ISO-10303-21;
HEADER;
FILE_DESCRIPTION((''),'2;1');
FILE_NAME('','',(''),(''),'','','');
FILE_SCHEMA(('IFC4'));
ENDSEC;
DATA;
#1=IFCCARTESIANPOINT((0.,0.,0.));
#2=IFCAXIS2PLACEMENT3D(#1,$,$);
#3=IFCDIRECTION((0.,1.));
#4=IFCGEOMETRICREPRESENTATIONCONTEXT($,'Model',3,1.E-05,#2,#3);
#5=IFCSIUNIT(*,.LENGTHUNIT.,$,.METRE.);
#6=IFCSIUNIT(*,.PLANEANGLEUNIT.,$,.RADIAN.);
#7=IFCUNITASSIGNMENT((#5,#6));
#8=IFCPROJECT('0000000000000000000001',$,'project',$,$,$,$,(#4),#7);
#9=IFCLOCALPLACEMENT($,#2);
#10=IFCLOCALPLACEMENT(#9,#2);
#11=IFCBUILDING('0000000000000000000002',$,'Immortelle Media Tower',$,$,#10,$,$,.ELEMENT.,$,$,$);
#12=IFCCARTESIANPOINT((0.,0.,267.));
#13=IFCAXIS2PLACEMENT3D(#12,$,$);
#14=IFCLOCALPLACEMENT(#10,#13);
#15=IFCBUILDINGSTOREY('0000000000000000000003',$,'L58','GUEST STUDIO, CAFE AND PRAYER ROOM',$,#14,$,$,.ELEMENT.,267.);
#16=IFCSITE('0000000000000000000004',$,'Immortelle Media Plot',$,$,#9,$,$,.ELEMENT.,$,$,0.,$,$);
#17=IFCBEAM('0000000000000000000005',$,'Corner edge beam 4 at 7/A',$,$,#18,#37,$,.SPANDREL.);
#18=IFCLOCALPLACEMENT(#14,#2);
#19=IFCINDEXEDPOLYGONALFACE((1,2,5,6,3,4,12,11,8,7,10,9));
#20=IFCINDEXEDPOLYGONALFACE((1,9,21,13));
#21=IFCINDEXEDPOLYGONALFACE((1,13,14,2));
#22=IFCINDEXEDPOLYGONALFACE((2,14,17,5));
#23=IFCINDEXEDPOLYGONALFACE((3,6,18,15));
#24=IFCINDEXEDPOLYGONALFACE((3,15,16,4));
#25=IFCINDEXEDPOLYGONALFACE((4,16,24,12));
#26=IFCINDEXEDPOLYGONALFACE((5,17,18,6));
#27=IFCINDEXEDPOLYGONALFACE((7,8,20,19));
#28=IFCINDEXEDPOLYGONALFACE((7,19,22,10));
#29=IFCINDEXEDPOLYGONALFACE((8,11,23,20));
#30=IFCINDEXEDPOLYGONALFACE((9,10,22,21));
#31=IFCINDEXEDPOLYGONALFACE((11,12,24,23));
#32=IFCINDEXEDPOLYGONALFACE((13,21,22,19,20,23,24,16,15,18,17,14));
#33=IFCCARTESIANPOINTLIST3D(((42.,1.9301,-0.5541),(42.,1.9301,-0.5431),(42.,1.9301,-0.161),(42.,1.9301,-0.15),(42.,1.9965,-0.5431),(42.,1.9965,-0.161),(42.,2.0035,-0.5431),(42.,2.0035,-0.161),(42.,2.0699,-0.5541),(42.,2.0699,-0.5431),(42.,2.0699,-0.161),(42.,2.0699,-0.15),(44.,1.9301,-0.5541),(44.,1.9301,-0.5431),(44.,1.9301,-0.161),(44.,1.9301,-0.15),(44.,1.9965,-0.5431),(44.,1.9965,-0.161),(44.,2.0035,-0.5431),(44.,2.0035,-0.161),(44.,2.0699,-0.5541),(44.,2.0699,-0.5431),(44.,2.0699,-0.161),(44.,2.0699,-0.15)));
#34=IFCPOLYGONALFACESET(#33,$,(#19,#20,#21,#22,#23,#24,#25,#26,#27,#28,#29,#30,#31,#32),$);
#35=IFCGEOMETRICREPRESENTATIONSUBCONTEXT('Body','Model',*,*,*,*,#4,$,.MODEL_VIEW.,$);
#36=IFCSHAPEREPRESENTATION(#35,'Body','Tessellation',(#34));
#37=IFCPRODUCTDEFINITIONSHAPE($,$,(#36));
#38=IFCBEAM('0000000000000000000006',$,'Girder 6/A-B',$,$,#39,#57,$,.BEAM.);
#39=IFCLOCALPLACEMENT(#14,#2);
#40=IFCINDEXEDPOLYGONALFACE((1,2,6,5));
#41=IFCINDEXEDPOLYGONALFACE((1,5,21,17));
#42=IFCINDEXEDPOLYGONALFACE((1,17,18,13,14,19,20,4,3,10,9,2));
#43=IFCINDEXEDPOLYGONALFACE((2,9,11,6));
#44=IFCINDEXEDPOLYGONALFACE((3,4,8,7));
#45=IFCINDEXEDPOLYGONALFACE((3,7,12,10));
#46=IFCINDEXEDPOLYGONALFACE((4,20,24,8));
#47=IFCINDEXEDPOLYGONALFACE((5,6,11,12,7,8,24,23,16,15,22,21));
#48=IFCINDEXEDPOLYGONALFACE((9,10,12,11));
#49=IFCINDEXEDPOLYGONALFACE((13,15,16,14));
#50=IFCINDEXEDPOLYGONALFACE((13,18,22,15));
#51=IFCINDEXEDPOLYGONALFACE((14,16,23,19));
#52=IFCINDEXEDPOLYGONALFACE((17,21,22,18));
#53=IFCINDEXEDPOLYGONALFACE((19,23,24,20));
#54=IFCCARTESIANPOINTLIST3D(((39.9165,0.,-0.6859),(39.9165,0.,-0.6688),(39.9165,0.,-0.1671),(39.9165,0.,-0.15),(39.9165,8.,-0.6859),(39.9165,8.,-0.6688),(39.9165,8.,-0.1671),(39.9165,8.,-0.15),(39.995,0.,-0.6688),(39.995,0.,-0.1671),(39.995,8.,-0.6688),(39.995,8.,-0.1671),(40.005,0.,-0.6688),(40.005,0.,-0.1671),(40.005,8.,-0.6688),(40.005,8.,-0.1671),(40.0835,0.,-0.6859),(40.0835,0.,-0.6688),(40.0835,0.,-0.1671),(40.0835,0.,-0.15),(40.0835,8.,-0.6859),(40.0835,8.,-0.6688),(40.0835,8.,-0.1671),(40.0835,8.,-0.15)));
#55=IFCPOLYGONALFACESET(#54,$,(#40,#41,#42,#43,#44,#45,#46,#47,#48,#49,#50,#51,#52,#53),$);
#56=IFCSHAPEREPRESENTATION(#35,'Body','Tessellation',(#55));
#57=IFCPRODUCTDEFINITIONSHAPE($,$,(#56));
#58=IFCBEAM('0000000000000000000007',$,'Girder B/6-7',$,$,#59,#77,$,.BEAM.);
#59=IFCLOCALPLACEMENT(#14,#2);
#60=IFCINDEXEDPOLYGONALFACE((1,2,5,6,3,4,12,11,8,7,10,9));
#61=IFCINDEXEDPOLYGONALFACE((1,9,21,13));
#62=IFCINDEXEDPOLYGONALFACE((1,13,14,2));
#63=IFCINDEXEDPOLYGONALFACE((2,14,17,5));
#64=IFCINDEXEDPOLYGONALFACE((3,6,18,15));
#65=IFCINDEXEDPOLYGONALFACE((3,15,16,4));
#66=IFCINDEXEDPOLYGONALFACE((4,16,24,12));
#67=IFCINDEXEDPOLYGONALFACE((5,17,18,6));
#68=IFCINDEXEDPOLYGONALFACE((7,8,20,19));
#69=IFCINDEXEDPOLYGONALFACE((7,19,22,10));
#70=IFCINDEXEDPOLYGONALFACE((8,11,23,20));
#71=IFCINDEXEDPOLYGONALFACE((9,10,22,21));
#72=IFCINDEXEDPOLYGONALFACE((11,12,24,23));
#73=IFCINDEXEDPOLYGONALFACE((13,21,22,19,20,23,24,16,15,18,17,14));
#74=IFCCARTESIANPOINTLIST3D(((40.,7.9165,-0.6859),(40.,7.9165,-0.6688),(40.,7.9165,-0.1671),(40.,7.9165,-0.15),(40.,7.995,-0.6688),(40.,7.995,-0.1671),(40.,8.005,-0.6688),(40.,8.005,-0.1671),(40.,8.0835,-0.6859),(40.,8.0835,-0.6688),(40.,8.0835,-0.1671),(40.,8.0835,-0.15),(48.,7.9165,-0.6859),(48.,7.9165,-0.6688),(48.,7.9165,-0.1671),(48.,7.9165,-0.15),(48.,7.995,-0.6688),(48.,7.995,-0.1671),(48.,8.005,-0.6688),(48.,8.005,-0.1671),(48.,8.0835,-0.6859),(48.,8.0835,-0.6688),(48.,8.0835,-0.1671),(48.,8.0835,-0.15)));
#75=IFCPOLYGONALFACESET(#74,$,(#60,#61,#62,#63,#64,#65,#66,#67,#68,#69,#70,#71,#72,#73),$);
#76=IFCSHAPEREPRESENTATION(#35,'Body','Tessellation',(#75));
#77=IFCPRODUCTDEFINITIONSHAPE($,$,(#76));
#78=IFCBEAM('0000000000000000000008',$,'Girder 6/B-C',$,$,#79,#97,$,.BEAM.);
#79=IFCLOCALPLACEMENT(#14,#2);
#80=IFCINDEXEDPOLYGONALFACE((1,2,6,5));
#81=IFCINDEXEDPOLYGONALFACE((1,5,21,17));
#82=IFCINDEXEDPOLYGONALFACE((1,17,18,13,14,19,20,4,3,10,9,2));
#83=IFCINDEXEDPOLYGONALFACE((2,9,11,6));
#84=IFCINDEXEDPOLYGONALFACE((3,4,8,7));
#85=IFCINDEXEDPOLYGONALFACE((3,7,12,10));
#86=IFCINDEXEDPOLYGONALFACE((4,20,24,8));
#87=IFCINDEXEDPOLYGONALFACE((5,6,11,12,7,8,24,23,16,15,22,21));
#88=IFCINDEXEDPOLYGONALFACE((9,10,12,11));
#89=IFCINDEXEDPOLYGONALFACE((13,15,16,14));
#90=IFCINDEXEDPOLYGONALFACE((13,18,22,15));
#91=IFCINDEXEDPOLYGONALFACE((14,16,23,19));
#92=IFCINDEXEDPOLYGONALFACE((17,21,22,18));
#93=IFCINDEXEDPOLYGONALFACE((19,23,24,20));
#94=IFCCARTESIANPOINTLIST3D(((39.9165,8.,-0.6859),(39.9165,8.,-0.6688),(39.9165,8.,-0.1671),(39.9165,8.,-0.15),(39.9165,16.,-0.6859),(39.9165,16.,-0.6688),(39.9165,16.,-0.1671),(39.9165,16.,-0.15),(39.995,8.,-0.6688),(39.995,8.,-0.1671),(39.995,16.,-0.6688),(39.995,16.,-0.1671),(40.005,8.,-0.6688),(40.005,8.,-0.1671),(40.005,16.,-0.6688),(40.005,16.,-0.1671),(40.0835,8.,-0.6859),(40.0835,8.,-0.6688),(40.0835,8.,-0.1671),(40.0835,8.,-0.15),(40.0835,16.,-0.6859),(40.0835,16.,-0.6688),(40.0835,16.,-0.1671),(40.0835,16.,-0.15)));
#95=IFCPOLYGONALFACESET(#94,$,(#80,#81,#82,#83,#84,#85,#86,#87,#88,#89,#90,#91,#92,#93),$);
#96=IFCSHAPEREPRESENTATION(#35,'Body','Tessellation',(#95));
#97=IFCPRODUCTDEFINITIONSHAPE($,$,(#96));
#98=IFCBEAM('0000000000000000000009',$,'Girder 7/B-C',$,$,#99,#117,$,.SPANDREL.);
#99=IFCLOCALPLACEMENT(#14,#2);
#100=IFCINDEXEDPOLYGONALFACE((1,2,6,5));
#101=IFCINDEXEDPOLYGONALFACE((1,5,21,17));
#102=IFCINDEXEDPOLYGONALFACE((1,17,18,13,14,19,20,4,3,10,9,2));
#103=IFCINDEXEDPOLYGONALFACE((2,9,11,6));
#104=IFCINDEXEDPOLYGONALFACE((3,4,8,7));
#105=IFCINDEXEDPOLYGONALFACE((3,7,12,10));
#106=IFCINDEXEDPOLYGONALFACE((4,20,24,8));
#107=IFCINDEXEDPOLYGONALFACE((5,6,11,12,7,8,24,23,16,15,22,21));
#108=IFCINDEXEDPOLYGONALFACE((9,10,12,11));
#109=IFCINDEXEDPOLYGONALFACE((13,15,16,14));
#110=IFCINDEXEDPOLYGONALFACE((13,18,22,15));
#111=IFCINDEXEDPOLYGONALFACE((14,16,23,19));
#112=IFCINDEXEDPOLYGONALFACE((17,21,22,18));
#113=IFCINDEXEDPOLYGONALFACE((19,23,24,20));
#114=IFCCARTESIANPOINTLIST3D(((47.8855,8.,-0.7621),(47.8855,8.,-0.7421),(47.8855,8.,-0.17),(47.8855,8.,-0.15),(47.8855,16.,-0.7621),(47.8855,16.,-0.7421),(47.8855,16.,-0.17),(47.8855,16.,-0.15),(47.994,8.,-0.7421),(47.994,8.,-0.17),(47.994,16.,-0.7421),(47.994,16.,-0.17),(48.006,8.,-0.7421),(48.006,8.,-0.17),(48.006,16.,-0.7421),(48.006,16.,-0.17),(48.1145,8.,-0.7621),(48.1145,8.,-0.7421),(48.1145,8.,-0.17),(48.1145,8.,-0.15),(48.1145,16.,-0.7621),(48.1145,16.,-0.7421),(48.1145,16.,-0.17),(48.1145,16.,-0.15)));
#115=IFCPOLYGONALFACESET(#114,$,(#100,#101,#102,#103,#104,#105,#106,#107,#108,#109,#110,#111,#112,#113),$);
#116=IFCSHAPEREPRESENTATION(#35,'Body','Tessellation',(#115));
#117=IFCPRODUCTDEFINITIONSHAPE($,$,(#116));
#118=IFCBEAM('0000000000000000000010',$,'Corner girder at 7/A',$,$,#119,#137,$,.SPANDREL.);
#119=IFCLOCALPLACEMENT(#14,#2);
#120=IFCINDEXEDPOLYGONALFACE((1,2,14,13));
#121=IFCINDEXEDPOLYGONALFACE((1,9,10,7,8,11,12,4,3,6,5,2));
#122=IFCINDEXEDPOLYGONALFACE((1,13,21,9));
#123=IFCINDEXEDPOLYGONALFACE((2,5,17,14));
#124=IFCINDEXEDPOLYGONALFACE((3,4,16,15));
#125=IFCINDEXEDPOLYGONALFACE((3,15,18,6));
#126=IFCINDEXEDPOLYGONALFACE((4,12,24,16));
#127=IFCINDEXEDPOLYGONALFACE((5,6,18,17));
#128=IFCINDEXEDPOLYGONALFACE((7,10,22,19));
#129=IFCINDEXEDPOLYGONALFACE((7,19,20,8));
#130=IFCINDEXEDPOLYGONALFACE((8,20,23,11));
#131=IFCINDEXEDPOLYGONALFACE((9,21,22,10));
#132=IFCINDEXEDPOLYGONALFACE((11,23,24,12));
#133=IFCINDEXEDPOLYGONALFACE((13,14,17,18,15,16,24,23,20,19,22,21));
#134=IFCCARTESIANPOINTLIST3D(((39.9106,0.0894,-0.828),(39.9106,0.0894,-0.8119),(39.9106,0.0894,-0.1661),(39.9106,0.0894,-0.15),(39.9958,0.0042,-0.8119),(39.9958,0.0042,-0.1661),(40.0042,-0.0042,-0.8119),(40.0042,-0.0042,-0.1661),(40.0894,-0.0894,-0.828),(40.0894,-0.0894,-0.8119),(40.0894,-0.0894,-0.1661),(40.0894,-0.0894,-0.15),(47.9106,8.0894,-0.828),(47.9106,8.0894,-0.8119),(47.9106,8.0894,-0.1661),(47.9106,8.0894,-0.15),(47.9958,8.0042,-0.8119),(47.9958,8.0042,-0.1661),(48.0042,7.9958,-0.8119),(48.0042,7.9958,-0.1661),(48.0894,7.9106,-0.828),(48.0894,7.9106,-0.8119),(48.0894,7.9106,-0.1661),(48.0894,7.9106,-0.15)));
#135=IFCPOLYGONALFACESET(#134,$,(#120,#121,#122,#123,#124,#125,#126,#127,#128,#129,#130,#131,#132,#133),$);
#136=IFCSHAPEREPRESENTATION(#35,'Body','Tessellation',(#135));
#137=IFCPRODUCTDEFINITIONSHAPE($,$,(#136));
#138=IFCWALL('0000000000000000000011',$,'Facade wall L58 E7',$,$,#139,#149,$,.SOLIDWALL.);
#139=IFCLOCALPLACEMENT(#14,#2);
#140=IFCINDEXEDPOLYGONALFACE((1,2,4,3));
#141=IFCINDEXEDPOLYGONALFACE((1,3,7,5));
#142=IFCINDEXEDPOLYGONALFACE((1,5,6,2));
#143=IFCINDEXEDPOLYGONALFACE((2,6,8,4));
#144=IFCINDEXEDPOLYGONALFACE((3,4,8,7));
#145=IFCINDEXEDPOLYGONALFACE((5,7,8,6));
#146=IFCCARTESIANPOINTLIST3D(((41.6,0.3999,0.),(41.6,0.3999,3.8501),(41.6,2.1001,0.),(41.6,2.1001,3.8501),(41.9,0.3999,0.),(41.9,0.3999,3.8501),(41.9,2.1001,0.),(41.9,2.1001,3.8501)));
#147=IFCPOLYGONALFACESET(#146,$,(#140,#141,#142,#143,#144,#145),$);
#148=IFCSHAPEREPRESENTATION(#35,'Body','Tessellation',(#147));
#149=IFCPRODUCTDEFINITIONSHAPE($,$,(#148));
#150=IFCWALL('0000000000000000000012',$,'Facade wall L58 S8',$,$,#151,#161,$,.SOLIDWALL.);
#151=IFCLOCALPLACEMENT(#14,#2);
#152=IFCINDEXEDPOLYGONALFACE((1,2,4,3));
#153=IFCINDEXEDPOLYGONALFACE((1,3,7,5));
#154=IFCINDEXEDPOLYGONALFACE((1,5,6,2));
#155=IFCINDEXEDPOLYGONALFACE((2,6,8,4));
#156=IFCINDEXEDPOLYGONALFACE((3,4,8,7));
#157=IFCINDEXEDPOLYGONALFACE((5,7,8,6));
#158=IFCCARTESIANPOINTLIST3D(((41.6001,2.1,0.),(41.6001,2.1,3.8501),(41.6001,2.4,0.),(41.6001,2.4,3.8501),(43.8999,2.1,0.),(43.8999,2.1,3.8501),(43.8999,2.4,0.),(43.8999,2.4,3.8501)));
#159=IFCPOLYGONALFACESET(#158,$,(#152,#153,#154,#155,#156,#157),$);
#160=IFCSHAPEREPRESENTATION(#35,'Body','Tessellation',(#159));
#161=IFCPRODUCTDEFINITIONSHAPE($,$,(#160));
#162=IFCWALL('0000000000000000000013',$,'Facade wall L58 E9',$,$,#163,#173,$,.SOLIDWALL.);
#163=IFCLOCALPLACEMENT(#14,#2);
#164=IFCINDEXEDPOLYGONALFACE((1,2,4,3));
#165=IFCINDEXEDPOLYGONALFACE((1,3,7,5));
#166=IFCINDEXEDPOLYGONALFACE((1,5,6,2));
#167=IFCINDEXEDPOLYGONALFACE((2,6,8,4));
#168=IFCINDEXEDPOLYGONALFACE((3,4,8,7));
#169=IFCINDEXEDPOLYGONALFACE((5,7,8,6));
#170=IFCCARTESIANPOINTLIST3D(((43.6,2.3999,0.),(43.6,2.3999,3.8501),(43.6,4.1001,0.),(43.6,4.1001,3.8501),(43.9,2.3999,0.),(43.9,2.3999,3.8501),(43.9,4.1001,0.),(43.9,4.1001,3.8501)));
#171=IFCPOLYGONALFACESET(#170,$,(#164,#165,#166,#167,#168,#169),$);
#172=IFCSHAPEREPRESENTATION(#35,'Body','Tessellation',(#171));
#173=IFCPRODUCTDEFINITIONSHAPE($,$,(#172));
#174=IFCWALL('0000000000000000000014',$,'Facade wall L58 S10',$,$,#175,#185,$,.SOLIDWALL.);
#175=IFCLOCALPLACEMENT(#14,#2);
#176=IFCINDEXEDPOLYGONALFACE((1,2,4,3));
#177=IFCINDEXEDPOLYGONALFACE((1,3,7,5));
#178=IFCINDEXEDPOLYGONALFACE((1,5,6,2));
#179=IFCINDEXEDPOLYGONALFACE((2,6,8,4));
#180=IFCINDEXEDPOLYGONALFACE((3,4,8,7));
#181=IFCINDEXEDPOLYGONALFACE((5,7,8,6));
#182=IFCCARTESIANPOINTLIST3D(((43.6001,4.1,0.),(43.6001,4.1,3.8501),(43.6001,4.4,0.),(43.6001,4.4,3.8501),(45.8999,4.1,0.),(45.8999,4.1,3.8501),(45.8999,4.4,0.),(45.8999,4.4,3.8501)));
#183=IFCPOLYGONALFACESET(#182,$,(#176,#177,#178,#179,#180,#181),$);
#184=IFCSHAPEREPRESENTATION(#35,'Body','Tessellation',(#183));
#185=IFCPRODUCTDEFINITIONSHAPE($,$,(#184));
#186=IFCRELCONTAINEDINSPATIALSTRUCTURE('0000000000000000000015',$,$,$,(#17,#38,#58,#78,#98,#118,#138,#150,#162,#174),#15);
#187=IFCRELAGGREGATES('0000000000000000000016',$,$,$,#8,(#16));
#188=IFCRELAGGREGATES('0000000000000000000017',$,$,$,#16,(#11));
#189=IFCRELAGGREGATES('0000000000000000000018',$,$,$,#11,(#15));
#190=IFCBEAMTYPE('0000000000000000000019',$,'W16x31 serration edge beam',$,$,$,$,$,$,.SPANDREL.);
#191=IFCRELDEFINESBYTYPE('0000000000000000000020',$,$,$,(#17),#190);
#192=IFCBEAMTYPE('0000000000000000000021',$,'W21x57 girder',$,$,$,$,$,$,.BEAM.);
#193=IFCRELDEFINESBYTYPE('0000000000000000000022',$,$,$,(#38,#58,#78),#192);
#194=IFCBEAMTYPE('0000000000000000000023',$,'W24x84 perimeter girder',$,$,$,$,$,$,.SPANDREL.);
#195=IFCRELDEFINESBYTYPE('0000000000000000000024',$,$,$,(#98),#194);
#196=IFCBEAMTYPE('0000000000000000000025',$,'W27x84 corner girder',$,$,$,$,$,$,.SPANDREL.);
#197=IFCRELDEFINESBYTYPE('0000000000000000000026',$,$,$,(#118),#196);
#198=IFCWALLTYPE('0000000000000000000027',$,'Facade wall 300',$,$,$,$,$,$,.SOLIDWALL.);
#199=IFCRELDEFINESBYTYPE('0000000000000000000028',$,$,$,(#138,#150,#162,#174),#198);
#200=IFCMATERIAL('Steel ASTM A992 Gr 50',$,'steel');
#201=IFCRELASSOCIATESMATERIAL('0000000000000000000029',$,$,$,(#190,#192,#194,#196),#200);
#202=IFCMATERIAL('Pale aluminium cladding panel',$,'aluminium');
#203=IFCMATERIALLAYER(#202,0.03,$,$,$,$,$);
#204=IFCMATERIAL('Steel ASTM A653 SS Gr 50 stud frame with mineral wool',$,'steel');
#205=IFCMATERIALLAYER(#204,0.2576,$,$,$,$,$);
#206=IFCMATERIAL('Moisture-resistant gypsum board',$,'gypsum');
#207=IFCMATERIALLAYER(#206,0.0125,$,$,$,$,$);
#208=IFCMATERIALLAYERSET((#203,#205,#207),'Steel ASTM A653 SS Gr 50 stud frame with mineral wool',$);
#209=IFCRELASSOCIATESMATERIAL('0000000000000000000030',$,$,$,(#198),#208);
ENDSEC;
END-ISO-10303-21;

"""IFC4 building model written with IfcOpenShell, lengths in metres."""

from ifc_helpers import new_model, si_unit, direction, frame, frame_2d, origin, origin_2d, place, context, subcontext, project, spatial, rectangle, i_section, extrude, material, layer, layer_set, material_profile, profile_set, type_object, element, save


model = new_model("IFC4")

# Units and contexts
model_context = context("Model", 3, precision=1e-05, world=origin(), true_north=direction((0.0, 1.0)))
body_context = subcontext(model_context, "Body", "Model", "MODEL_VIEW")
ifc_project = project(units=[si_unit("LENGTHUNIT", "METRE"), si_unit("PLANEANGLEUNIT", "RADIAN")], contexts=[model_context])

# Site, building, storey
site_placement = place(None, origin())
site = spatial("IfcSite", under=ifc_project, at=site_placement, Name="Immortelle Media Plot", CompositionType="ELEMENT", RefElevation=0.0)
building_placement = place(site_placement, origin())
building = spatial("IfcBuilding", under=site, at=building_placement, Name="Immortelle Media Tower", CompositionType="ELEMENT")
storey_placement = place(building_placement, frame((0.0, 0.0, 267.0)))
storey = spatial("IfcBuildingStorey", under=building, at=storey_placement, Name="L58", Description="GUEST STUDIO, CAFE AND PRAYER ROOM", CompositionType="ELEMENT", Elevation=267.0)

# Shared definitions
ifc_material_1 = material(Name="Steel ASTM A992 Gr 50", Category="steel")

# Beams
ifc_material_profile_1 = material_profile(ifc_material_1, i_section(OverallWidth=0.1399, OverallDepth=0.4041, WebThickness=0.0071, FlangeThickness=0.011, at=origin_2d()), Name="W16x31")
ifc_profile_set_1 = profile_set([ifc_material_profile_1], Name="Steel ASTM A992 Gr 50")
beam_type_1 = type_object("IfcBeamType", Name="W16x31 serration edge beam", PredefinedType="SPANDREL", material=ifc_profile_set_1)
for number, where, z_axis, x_axis, name in (
    (1, (44.0, 2.0, -0.3521), (-1.0, 0.0, 0.0), (0.0, -1.0, 0.0), "Corner edge beam 4 at 7/A"),
):
    element("IfcBeam", number, at=place(storey_placement, frame(where, z_axis=z_axis, x_axis=x_axis)), inside=storey, type_object=beam_type_1, Name=name, PredefinedType="SPANDREL", context=body_context, shape_type="SweptSolid", body=[
        extrude(i_section(OverallWidth=0.1399, OverallDepth=0.4041, WebThickness=0.0071, FlangeThickness=0.011, at=origin_2d()), origin(), (0.0, 0.0, 1.0), 2.0),
    ])
ifc_material_profile_2 = material_profile(ifc_material_1, i_section(OverallWidth=0.167, OverallDepth=0.5359, WebThickness=0.01, FlangeThickness=0.0171, at=origin_2d()), Name="W21x57")
ifc_profile_set_2 = profile_set([ifc_material_profile_2], Name="Steel ASTM A992 Gr 50")
beam_type_2 = type_object("IfcBeamType", Name="W21x57 girder", PredefinedType="BEAM", material=ifc_profile_set_2)
for number, where, z_axis, x_axis, name in (
    (2, (40.0, 0.0, -0.418), (0.0, 1.0, 0.0), (-1.0, 0.0, 0.0), "Girder 6/A-B"),
    (3, (40.0, 8.0, -0.418), (1.0, 0.0, 0.0), (0.0, 1.0, 0.0), "Girder B/6-7"),
    (4, (40.0, 8.0, -0.418), (0.0, 1.0, 0.0), (-1.0, 0.0, 0.0), "Girder 6/B-C"),
):
    element("IfcBeam", number, at=place(storey_placement, frame(where, z_axis=z_axis, x_axis=x_axis)), inside=storey, type_object=beam_type_2, Name=name, PredefinedType="BEAM", context=body_context, shape_type="SweptSolid", body=[
        extrude(i_section(OverallWidth=0.167, OverallDepth=0.5359, WebThickness=0.01, FlangeThickness=0.0171, at=origin_2d()), origin(), (0.0, 0.0, 1.0), 8.0),
    ])
ifc_material_profile_3 = material_profile(ifc_material_1, i_section(OverallWidth=0.229, OverallDepth=0.6121, WebThickness=0.012, FlangeThickness=0.02, at=origin_2d()), Name="W24x84")
ifc_profile_set_3 = profile_set([ifc_material_profile_3], Name="Steel ASTM A992 Gr 50")
beam_type_3 = type_object("IfcBeamType", Name="W24x84 perimeter girder", PredefinedType="SPANDREL", material=ifc_profile_set_3)
beam_1_placement = place(storey_placement, frame((48.0, 8.0, -0.4561), z_axis=(0.0, 1.0, 0.0), x_axis=(-1.0, 0.0, 0.0)))
element("IfcBeam", 5, at=beam_1_placement, inside=storey, type_object=beam_type_3, Name="Girder 7/B-C", PredefinedType="SPANDREL", context=body_context, shape_type="SweptSolid", body=[
    extrude(i_section(OverallWidth=0.229, OverallDepth=0.6121, WebThickness=0.012, FlangeThickness=0.02, at=origin_2d()), origin(), (0.0, 0.0, 1.0), 8.0),
])
ifc_material_profile_4 = material_profile(ifc_material_1, i_section(OverallWidth=0.2529, OverallDepth=0.678, WebThickness=0.012, FlangeThickness=0.0161, at=origin_2d()), Name="W27x84")
ifc_profile_set_4 = profile_set([ifc_material_profile_4], Name="Steel ASTM A992 Gr 50")
beam_type_4 = type_object("IfcBeamType", Name="W27x84 corner girder", PredefinedType="SPANDREL", material=ifc_profile_set_4)
beam_2_placement = place(storey_placement, frame((48.0, 8.0, -0.489), z_axis=(-0.707107, -0.707107, 0.0), x_axis=(0.707107, -0.707107, 0.0)))
element("IfcBeam", 6, at=beam_2_placement, inside=storey, type_object=beam_type_4, Name="Corner girder at 7/A", PredefinedType="SPANDREL", context=body_context, shape_type="SweptSolid", body=[
    extrude(i_section(OverallWidth=0.2529, OverallDepth=0.678, WebThickness=0.012, FlangeThickness=0.0161, at=origin_2d()), origin(), (0.0, 0.0, 1.0), 11.3137),
])

# Walls
ifc_material_2 = material(Name="Pale aluminium cladding panel", Category="aluminium")
ifc_layer_1 = layer(ifc_material_2, 0.03)
ifc_material_3 = material(Name="Steel ASTM A653 SS Gr 50 stud frame with mineral wool", Category="steel")
ifc_layer_2 = layer(ifc_material_3, 0.2576)
ifc_material_4 = material(Name="Moisture-resistant gypsum board", Category="gypsum")
ifc_layer_3 = layer(ifc_material_4, 0.0125)
ifc_layer_set_1 = layer_set([ifc_layer_1, ifc_layer_2, ifc_layer_3], Name="Steel ASTM A653 SS Gr 50 stud frame with mineral wool")
wall_type_1 = type_object("IfcWallType", Name="Facade wall 300", PredefinedType="SOLIDWALL", material=ifc_layer_set_1)
wall_1_placement = place(storey_placement, frame((41.75, 0.3999, 0.0), z_axis=(0.0, 0.0, 1.0), x_axis=(0.0, 1.0, 0.0)))
element("IfcWall", 7, at=wall_1_placement, inside=storey, type_object=wall_type_1, Name="Facade wall L58 E7", PredefinedType="SOLIDWALL", context=body_context, shape_type="SweptSolid", body=[
    extrude(rectangle(XDim=1.7002, YDim=0.3, at=frame_2d((0.8501, 0.0))), origin(), (0.0, 0.0, 1.0), 3.8501),
])
wall_2_placement = place(storey_placement, frame((41.6001, 2.25, 0.0), z_axis=(0.0, 0.0, 1.0), x_axis=(1.0, 0.0, 0.0)))
element("IfcWall", 8, at=wall_2_placement, inside=storey, type_object=wall_type_1, Name="Facade wall L58 S8", PredefinedType="SOLIDWALL", context=body_context, shape_type="SweptSolid", body=[
    extrude(rectangle(XDim=2.2998, YDim=0.3, at=frame_2d((1.1499, 0.0))), origin(), (0.0, 0.0, 1.0), 3.8501),
])
wall_3_placement = place(storey_placement, frame((43.75, 2.3999, 0.0), z_axis=(0.0, 0.0, 1.0), x_axis=(0.0, 1.0, 0.0)))
element("IfcWall", 9, at=wall_3_placement, inside=storey, type_object=wall_type_1, Name="Facade wall L58 E9", PredefinedType="SOLIDWALL", context=body_context, shape_type="SweptSolid", body=[
    extrude(rectangle(XDim=1.7002, YDim=0.3, at=frame_2d((0.8501, 0.0))), origin(), (0.0, 0.0, 1.0), 3.8501),
])
wall_4_placement = place(storey_placement, frame((43.6001, 4.25, 0.0), z_axis=(0.0, 0.0, 1.0), x_axis=(1.0, 0.0, 0.0)))
element("IfcWall", 10, at=wall_4_placement, inside=storey, type_object=wall_type_1, Name="Facade wall L58 S10", PredefinedType="SOLIDWALL", context=body_context, shape_type="SweptSolid", body=[
    extrude(rectangle(XDim=2.2998, YDim=0.3, at=frame_2d((1.1499, 0.0))), origin(), (0.0, 0.0, 1.0), 3.8501),
])

save(model, "model.ifc")
